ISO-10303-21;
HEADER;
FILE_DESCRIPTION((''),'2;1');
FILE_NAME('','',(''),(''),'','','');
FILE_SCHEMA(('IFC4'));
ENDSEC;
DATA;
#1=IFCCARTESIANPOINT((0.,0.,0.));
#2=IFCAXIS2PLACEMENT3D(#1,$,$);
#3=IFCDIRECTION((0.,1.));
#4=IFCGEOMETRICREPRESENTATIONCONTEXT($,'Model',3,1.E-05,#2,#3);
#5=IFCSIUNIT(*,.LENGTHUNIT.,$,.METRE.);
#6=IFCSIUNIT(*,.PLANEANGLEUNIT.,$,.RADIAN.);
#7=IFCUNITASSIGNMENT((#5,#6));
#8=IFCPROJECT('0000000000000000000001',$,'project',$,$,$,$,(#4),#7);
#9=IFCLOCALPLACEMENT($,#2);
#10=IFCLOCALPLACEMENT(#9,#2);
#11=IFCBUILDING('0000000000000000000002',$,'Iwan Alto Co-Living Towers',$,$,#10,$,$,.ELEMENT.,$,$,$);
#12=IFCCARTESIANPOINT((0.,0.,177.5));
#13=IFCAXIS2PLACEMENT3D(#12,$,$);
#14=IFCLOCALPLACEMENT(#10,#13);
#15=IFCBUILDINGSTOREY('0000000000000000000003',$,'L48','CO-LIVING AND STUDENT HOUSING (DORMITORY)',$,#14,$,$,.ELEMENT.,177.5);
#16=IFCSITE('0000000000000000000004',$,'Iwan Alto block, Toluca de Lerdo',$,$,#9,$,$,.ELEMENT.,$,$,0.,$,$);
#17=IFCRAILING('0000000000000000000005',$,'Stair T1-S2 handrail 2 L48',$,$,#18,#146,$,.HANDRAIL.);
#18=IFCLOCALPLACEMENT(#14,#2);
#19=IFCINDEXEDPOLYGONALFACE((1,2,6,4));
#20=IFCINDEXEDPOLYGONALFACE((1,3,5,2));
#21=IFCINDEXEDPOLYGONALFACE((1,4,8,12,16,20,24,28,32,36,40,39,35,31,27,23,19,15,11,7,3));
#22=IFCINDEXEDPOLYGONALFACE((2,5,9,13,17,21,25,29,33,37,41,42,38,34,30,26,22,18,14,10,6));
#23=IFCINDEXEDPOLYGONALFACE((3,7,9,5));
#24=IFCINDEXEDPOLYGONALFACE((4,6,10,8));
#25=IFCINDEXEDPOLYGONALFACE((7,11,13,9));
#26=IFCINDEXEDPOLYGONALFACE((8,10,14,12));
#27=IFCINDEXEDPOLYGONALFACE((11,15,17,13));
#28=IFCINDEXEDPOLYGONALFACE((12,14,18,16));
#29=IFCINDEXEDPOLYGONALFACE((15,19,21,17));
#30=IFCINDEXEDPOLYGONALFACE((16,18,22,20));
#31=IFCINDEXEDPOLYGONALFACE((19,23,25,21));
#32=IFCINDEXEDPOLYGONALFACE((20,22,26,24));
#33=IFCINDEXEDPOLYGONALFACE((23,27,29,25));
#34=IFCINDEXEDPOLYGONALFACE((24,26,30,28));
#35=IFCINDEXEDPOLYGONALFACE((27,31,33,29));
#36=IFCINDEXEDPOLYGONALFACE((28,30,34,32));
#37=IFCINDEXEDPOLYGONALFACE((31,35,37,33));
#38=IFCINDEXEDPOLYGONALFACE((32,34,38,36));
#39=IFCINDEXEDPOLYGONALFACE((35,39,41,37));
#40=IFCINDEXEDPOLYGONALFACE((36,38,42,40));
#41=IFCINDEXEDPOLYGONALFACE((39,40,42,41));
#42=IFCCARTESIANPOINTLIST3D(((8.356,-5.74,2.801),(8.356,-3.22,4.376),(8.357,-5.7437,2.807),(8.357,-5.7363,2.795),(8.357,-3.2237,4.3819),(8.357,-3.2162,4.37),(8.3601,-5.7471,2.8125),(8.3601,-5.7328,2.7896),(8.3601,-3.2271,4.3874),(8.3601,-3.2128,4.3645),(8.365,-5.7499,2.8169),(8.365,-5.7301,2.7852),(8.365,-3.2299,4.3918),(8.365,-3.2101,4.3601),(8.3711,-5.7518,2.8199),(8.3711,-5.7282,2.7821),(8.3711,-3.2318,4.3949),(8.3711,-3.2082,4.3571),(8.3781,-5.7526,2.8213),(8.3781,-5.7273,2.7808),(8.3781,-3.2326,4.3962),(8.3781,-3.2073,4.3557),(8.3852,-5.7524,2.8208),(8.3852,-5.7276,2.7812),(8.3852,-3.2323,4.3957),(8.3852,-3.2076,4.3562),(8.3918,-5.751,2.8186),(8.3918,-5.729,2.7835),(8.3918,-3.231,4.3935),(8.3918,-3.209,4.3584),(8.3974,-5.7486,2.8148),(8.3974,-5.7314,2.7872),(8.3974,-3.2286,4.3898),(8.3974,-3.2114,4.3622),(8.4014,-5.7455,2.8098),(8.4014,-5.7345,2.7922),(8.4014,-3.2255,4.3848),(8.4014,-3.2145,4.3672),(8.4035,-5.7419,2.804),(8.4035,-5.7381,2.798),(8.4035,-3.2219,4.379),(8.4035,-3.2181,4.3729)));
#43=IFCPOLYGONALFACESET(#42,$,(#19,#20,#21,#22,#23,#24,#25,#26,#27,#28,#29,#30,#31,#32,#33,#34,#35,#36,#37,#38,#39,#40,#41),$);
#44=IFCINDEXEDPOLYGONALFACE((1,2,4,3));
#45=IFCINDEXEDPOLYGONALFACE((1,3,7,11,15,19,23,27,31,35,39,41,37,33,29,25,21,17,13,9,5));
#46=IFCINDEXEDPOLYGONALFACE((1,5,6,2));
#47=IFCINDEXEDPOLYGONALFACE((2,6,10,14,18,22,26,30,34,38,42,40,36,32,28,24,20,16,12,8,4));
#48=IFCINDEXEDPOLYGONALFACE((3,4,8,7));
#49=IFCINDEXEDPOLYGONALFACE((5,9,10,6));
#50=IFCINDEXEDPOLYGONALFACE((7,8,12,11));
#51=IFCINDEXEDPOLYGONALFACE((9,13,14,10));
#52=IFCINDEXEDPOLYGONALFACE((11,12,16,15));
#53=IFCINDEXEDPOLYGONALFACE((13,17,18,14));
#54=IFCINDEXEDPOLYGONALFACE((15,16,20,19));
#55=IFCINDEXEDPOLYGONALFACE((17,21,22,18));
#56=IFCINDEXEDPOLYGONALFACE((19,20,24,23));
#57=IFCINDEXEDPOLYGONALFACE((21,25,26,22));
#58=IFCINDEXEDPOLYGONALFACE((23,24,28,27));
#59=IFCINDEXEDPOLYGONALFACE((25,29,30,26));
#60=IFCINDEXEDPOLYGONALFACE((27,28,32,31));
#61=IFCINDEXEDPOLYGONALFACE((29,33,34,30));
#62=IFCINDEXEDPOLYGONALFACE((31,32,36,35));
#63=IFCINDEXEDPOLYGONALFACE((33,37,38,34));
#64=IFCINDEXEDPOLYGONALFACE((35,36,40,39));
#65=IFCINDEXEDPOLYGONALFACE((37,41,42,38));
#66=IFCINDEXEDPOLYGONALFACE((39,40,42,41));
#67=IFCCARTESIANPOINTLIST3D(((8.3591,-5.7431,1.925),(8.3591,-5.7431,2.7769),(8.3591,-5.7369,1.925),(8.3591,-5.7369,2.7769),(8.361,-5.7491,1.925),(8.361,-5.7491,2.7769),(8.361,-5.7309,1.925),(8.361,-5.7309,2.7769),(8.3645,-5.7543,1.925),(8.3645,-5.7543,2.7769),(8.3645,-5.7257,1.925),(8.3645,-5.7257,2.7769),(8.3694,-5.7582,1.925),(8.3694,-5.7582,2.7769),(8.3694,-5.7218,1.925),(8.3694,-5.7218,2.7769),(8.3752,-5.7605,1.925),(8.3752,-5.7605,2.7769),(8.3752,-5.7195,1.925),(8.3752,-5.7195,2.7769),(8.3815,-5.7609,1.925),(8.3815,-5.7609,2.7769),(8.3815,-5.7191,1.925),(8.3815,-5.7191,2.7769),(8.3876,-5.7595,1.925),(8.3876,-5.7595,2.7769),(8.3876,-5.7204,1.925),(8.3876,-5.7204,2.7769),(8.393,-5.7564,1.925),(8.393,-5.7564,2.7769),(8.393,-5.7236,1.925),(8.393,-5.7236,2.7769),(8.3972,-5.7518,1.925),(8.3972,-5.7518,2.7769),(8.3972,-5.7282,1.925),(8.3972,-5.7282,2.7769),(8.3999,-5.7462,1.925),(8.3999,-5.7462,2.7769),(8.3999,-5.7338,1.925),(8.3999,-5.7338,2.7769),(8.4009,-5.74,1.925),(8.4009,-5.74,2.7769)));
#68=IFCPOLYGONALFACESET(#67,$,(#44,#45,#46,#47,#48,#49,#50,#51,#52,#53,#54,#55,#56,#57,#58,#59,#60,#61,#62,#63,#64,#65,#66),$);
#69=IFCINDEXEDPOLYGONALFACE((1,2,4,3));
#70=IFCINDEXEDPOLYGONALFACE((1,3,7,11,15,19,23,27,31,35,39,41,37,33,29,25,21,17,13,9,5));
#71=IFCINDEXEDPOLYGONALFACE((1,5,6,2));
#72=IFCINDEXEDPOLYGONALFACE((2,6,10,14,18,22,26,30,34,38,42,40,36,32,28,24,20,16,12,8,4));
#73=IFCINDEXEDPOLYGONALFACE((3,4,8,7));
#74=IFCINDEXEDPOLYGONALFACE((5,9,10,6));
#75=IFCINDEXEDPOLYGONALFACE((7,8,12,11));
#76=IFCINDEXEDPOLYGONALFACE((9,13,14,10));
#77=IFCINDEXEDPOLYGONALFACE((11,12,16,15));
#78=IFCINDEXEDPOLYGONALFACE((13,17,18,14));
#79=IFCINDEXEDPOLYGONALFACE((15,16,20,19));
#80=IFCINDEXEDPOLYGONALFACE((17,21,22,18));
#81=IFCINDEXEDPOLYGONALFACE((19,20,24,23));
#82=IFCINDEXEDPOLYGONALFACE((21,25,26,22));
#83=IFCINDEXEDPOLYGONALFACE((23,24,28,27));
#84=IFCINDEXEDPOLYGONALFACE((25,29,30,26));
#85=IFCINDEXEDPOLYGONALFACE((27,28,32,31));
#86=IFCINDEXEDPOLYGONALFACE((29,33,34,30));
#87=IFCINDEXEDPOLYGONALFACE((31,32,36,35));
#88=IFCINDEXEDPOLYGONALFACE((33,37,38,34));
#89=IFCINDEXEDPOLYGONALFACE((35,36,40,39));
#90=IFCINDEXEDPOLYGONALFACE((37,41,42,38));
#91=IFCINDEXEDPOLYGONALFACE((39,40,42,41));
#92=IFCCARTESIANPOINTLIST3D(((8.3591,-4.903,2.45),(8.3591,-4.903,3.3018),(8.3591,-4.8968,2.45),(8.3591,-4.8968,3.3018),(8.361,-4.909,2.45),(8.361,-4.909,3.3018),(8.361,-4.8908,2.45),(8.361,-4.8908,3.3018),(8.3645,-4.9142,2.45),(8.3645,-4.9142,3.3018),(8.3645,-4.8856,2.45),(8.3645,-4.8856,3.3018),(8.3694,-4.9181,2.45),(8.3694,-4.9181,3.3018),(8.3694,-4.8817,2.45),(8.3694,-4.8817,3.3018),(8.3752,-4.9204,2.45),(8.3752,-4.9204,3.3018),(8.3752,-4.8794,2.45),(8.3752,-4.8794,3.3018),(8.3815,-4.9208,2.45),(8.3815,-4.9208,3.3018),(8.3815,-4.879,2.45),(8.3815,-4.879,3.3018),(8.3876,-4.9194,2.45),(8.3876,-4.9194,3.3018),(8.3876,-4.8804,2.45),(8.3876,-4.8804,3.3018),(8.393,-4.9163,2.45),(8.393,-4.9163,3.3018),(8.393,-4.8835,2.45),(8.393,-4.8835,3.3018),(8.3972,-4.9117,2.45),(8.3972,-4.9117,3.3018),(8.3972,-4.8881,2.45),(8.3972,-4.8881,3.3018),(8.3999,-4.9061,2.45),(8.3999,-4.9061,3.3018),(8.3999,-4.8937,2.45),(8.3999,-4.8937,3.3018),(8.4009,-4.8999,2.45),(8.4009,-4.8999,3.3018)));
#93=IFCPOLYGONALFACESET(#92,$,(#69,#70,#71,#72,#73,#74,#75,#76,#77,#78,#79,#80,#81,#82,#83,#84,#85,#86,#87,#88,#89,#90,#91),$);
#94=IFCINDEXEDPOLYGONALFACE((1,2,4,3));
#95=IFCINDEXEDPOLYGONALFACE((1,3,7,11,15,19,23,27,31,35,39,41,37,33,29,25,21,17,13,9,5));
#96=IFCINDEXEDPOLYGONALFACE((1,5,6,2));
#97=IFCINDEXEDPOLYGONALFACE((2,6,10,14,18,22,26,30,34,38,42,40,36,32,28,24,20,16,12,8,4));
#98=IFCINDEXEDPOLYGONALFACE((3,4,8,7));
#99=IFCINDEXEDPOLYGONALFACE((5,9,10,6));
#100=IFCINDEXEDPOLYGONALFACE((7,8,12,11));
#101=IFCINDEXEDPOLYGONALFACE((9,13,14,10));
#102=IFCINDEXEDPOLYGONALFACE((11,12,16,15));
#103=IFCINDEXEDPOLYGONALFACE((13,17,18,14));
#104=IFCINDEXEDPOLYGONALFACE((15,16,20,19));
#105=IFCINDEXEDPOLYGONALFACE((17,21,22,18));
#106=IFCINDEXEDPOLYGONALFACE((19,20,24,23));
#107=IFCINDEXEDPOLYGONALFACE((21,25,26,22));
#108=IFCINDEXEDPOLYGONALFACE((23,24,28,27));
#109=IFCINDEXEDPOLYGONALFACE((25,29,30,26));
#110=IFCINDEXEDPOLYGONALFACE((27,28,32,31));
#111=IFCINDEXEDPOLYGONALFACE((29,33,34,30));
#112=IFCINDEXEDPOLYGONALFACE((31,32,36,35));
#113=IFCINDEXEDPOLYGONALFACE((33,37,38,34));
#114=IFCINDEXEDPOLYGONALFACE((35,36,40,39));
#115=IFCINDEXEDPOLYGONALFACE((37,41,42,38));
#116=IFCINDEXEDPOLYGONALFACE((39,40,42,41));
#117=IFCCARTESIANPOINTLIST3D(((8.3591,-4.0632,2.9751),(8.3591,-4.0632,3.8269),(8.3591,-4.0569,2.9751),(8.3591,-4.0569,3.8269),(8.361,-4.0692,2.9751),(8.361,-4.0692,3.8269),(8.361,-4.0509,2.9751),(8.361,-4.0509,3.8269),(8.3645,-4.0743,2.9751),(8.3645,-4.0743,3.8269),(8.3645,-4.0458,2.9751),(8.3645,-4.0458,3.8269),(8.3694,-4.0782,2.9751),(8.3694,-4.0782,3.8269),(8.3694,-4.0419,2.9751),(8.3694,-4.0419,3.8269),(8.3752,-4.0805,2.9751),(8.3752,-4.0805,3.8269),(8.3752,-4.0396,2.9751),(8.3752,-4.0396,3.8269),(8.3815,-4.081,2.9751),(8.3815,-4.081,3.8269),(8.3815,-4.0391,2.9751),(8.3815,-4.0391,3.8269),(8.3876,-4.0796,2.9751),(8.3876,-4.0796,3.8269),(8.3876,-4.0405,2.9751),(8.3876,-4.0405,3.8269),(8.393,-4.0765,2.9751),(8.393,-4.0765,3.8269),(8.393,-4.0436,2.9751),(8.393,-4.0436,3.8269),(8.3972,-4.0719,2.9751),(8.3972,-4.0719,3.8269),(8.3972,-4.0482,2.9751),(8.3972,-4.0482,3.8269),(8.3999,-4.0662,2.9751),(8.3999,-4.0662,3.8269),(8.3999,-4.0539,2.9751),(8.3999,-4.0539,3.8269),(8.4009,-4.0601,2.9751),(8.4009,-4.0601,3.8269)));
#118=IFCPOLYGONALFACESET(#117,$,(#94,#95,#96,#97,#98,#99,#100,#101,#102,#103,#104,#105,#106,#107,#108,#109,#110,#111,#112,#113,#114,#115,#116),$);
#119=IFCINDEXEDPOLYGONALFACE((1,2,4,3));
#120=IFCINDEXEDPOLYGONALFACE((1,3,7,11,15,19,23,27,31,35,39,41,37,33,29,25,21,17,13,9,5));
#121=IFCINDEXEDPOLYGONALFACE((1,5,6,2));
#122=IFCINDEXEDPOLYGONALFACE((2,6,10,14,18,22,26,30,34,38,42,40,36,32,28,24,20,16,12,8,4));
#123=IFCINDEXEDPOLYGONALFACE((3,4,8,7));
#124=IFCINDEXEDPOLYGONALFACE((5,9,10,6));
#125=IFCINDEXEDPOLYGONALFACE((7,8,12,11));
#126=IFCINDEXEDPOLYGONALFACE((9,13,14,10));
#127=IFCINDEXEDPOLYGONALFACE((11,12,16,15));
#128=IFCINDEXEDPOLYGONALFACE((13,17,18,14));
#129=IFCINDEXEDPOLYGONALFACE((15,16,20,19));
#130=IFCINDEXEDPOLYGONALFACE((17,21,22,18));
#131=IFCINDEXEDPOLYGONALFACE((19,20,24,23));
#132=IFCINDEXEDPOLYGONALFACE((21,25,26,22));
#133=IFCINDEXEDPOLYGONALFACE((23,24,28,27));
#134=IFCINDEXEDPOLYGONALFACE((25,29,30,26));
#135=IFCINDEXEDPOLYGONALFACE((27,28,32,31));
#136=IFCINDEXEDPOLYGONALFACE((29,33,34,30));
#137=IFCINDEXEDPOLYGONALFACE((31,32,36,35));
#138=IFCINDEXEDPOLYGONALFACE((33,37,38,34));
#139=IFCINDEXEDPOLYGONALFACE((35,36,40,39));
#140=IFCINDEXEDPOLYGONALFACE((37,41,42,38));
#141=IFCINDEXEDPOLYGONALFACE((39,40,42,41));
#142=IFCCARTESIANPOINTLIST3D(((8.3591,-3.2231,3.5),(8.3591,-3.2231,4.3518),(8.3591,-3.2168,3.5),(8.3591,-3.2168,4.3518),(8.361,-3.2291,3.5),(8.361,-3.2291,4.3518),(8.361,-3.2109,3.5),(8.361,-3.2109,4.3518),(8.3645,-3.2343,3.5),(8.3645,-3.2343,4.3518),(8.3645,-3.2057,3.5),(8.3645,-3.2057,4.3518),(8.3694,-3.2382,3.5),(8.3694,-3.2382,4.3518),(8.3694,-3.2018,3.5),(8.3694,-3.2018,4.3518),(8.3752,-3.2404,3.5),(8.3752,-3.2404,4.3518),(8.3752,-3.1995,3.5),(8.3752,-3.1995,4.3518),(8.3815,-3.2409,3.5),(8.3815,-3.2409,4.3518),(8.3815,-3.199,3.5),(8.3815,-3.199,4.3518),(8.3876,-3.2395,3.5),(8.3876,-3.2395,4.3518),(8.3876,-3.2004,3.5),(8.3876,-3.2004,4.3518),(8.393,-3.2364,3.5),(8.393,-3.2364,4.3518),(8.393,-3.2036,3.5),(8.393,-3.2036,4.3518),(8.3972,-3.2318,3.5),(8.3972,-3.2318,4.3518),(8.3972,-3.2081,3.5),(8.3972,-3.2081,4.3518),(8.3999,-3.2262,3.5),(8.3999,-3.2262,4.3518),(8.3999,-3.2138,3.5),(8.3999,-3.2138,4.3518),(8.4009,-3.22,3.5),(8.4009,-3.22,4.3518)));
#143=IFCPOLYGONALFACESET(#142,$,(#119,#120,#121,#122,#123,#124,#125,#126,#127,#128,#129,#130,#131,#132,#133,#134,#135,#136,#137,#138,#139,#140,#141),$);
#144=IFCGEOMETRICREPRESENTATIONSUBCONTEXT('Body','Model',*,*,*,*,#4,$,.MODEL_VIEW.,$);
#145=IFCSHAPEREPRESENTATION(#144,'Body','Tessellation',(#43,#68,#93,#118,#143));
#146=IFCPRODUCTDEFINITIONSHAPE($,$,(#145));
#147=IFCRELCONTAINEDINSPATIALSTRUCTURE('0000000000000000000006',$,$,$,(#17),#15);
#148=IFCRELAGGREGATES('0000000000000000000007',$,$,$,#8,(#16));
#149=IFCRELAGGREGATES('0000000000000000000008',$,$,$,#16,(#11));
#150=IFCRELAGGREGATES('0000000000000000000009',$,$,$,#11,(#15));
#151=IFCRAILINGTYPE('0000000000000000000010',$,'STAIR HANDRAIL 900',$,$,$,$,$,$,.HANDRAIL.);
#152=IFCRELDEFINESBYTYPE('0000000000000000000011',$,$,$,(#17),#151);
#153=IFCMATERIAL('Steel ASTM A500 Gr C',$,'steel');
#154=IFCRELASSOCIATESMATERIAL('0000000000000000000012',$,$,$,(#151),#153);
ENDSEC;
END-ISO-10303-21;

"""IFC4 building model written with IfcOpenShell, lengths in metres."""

from ifc_helpers import new_model, si_unit, direction, frame, origin, origin_2d, place, context, subcontext, project, spatial, circle, extrude, material, type_object, element, save


model = new_model("IFC4")

# Units and contexts
model_context = context("Model", 3, precision=1e-05, world=origin(), true_north=direction((0.0, 1.0)))
body_context = subcontext(model_context, "Body", "Model", "MODEL_VIEW")
ifc_project = project(units=[si_unit("LENGTHUNIT", "METRE"), si_unit("PLANEANGLEUNIT", "RADIAN")], contexts=[model_context])

# Site, building, storey
site_placement = place(None, origin())
site = spatial("IfcSite", under=ifc_project, at=site_placement, Name="Iwan Alto block, Toluca de Lerdo", CompositionType="ELEMENT", RefElevation=0.0)
building_placement = place(site_placement, origin())
building = spatial("IfcBuilding", under=site, at=building_placement, Name="Iwan Alto Co-Living Towers", CompositionType="ELEMENT")
storey_placement = place(building_placement, frame((0.0, 0.0, 177.5)))
storey = spatial("IfcBuildingStorey", under=building, at=storey_placement, Name="L48", Description="CO-LIVING AND STUDENT HOUSING (DORMITORY)", CompositionType="ELEMENT", Elevation=177.5)

# Railing
ifc_material_1 = material(Name="Steel ASTM A500 Gr C", Category="steel")
railing_type_1 = type_object("IfcRailingType", Name="STAIR HANDRAIL 900", PredefinedType="HANDRAIL", material=ifc_material_1)
railing_1_placement = place(storey_placement, frame((8.3799, -5.74, 1.925)))
element("IfcRailing", 1, at=railing_1_placement, inside=storey, type_object=railing_type_1, Name="Stair T1-S2 handrail 2 L48", PredefinedType="HANDRAIL", context=body_context, shape_type="SweptSolid", body=[
    extrude(circle(Radius=0.0239, at=origin_2d()), frame((0.0, 0.0, 0.876), z_axis=(0.0, 0.848008, 0.529984), x_axis=(-1.0, 0.0, 0.0)), (0.0, 0.0, 1.0), 2.9717),
    extrude(circle(Radius=0.021, at=origin_2d()), origin(), (0.0, 0.0, 1.0), 0.8518),
    extrude(circle(Radius=0.021, at=origin_2d()), frame((0.0, 0.8401, 0.5249)), (0.0, 0.0, 1.0), 0.8518),
    extrude(circle(Radius=0.021, at=origin_2d()), frame((0.0, 1.6799, 1.05)), (0.0, 0.0, 1.0), 0.8518),
    extrude(circle(Radius=0.021, at=origin_2d()), frame((0.0, 2.52, 1.575)), (0.0, 0.0, 1.0), 0.8518),
])

save(model, "model.ifc")
